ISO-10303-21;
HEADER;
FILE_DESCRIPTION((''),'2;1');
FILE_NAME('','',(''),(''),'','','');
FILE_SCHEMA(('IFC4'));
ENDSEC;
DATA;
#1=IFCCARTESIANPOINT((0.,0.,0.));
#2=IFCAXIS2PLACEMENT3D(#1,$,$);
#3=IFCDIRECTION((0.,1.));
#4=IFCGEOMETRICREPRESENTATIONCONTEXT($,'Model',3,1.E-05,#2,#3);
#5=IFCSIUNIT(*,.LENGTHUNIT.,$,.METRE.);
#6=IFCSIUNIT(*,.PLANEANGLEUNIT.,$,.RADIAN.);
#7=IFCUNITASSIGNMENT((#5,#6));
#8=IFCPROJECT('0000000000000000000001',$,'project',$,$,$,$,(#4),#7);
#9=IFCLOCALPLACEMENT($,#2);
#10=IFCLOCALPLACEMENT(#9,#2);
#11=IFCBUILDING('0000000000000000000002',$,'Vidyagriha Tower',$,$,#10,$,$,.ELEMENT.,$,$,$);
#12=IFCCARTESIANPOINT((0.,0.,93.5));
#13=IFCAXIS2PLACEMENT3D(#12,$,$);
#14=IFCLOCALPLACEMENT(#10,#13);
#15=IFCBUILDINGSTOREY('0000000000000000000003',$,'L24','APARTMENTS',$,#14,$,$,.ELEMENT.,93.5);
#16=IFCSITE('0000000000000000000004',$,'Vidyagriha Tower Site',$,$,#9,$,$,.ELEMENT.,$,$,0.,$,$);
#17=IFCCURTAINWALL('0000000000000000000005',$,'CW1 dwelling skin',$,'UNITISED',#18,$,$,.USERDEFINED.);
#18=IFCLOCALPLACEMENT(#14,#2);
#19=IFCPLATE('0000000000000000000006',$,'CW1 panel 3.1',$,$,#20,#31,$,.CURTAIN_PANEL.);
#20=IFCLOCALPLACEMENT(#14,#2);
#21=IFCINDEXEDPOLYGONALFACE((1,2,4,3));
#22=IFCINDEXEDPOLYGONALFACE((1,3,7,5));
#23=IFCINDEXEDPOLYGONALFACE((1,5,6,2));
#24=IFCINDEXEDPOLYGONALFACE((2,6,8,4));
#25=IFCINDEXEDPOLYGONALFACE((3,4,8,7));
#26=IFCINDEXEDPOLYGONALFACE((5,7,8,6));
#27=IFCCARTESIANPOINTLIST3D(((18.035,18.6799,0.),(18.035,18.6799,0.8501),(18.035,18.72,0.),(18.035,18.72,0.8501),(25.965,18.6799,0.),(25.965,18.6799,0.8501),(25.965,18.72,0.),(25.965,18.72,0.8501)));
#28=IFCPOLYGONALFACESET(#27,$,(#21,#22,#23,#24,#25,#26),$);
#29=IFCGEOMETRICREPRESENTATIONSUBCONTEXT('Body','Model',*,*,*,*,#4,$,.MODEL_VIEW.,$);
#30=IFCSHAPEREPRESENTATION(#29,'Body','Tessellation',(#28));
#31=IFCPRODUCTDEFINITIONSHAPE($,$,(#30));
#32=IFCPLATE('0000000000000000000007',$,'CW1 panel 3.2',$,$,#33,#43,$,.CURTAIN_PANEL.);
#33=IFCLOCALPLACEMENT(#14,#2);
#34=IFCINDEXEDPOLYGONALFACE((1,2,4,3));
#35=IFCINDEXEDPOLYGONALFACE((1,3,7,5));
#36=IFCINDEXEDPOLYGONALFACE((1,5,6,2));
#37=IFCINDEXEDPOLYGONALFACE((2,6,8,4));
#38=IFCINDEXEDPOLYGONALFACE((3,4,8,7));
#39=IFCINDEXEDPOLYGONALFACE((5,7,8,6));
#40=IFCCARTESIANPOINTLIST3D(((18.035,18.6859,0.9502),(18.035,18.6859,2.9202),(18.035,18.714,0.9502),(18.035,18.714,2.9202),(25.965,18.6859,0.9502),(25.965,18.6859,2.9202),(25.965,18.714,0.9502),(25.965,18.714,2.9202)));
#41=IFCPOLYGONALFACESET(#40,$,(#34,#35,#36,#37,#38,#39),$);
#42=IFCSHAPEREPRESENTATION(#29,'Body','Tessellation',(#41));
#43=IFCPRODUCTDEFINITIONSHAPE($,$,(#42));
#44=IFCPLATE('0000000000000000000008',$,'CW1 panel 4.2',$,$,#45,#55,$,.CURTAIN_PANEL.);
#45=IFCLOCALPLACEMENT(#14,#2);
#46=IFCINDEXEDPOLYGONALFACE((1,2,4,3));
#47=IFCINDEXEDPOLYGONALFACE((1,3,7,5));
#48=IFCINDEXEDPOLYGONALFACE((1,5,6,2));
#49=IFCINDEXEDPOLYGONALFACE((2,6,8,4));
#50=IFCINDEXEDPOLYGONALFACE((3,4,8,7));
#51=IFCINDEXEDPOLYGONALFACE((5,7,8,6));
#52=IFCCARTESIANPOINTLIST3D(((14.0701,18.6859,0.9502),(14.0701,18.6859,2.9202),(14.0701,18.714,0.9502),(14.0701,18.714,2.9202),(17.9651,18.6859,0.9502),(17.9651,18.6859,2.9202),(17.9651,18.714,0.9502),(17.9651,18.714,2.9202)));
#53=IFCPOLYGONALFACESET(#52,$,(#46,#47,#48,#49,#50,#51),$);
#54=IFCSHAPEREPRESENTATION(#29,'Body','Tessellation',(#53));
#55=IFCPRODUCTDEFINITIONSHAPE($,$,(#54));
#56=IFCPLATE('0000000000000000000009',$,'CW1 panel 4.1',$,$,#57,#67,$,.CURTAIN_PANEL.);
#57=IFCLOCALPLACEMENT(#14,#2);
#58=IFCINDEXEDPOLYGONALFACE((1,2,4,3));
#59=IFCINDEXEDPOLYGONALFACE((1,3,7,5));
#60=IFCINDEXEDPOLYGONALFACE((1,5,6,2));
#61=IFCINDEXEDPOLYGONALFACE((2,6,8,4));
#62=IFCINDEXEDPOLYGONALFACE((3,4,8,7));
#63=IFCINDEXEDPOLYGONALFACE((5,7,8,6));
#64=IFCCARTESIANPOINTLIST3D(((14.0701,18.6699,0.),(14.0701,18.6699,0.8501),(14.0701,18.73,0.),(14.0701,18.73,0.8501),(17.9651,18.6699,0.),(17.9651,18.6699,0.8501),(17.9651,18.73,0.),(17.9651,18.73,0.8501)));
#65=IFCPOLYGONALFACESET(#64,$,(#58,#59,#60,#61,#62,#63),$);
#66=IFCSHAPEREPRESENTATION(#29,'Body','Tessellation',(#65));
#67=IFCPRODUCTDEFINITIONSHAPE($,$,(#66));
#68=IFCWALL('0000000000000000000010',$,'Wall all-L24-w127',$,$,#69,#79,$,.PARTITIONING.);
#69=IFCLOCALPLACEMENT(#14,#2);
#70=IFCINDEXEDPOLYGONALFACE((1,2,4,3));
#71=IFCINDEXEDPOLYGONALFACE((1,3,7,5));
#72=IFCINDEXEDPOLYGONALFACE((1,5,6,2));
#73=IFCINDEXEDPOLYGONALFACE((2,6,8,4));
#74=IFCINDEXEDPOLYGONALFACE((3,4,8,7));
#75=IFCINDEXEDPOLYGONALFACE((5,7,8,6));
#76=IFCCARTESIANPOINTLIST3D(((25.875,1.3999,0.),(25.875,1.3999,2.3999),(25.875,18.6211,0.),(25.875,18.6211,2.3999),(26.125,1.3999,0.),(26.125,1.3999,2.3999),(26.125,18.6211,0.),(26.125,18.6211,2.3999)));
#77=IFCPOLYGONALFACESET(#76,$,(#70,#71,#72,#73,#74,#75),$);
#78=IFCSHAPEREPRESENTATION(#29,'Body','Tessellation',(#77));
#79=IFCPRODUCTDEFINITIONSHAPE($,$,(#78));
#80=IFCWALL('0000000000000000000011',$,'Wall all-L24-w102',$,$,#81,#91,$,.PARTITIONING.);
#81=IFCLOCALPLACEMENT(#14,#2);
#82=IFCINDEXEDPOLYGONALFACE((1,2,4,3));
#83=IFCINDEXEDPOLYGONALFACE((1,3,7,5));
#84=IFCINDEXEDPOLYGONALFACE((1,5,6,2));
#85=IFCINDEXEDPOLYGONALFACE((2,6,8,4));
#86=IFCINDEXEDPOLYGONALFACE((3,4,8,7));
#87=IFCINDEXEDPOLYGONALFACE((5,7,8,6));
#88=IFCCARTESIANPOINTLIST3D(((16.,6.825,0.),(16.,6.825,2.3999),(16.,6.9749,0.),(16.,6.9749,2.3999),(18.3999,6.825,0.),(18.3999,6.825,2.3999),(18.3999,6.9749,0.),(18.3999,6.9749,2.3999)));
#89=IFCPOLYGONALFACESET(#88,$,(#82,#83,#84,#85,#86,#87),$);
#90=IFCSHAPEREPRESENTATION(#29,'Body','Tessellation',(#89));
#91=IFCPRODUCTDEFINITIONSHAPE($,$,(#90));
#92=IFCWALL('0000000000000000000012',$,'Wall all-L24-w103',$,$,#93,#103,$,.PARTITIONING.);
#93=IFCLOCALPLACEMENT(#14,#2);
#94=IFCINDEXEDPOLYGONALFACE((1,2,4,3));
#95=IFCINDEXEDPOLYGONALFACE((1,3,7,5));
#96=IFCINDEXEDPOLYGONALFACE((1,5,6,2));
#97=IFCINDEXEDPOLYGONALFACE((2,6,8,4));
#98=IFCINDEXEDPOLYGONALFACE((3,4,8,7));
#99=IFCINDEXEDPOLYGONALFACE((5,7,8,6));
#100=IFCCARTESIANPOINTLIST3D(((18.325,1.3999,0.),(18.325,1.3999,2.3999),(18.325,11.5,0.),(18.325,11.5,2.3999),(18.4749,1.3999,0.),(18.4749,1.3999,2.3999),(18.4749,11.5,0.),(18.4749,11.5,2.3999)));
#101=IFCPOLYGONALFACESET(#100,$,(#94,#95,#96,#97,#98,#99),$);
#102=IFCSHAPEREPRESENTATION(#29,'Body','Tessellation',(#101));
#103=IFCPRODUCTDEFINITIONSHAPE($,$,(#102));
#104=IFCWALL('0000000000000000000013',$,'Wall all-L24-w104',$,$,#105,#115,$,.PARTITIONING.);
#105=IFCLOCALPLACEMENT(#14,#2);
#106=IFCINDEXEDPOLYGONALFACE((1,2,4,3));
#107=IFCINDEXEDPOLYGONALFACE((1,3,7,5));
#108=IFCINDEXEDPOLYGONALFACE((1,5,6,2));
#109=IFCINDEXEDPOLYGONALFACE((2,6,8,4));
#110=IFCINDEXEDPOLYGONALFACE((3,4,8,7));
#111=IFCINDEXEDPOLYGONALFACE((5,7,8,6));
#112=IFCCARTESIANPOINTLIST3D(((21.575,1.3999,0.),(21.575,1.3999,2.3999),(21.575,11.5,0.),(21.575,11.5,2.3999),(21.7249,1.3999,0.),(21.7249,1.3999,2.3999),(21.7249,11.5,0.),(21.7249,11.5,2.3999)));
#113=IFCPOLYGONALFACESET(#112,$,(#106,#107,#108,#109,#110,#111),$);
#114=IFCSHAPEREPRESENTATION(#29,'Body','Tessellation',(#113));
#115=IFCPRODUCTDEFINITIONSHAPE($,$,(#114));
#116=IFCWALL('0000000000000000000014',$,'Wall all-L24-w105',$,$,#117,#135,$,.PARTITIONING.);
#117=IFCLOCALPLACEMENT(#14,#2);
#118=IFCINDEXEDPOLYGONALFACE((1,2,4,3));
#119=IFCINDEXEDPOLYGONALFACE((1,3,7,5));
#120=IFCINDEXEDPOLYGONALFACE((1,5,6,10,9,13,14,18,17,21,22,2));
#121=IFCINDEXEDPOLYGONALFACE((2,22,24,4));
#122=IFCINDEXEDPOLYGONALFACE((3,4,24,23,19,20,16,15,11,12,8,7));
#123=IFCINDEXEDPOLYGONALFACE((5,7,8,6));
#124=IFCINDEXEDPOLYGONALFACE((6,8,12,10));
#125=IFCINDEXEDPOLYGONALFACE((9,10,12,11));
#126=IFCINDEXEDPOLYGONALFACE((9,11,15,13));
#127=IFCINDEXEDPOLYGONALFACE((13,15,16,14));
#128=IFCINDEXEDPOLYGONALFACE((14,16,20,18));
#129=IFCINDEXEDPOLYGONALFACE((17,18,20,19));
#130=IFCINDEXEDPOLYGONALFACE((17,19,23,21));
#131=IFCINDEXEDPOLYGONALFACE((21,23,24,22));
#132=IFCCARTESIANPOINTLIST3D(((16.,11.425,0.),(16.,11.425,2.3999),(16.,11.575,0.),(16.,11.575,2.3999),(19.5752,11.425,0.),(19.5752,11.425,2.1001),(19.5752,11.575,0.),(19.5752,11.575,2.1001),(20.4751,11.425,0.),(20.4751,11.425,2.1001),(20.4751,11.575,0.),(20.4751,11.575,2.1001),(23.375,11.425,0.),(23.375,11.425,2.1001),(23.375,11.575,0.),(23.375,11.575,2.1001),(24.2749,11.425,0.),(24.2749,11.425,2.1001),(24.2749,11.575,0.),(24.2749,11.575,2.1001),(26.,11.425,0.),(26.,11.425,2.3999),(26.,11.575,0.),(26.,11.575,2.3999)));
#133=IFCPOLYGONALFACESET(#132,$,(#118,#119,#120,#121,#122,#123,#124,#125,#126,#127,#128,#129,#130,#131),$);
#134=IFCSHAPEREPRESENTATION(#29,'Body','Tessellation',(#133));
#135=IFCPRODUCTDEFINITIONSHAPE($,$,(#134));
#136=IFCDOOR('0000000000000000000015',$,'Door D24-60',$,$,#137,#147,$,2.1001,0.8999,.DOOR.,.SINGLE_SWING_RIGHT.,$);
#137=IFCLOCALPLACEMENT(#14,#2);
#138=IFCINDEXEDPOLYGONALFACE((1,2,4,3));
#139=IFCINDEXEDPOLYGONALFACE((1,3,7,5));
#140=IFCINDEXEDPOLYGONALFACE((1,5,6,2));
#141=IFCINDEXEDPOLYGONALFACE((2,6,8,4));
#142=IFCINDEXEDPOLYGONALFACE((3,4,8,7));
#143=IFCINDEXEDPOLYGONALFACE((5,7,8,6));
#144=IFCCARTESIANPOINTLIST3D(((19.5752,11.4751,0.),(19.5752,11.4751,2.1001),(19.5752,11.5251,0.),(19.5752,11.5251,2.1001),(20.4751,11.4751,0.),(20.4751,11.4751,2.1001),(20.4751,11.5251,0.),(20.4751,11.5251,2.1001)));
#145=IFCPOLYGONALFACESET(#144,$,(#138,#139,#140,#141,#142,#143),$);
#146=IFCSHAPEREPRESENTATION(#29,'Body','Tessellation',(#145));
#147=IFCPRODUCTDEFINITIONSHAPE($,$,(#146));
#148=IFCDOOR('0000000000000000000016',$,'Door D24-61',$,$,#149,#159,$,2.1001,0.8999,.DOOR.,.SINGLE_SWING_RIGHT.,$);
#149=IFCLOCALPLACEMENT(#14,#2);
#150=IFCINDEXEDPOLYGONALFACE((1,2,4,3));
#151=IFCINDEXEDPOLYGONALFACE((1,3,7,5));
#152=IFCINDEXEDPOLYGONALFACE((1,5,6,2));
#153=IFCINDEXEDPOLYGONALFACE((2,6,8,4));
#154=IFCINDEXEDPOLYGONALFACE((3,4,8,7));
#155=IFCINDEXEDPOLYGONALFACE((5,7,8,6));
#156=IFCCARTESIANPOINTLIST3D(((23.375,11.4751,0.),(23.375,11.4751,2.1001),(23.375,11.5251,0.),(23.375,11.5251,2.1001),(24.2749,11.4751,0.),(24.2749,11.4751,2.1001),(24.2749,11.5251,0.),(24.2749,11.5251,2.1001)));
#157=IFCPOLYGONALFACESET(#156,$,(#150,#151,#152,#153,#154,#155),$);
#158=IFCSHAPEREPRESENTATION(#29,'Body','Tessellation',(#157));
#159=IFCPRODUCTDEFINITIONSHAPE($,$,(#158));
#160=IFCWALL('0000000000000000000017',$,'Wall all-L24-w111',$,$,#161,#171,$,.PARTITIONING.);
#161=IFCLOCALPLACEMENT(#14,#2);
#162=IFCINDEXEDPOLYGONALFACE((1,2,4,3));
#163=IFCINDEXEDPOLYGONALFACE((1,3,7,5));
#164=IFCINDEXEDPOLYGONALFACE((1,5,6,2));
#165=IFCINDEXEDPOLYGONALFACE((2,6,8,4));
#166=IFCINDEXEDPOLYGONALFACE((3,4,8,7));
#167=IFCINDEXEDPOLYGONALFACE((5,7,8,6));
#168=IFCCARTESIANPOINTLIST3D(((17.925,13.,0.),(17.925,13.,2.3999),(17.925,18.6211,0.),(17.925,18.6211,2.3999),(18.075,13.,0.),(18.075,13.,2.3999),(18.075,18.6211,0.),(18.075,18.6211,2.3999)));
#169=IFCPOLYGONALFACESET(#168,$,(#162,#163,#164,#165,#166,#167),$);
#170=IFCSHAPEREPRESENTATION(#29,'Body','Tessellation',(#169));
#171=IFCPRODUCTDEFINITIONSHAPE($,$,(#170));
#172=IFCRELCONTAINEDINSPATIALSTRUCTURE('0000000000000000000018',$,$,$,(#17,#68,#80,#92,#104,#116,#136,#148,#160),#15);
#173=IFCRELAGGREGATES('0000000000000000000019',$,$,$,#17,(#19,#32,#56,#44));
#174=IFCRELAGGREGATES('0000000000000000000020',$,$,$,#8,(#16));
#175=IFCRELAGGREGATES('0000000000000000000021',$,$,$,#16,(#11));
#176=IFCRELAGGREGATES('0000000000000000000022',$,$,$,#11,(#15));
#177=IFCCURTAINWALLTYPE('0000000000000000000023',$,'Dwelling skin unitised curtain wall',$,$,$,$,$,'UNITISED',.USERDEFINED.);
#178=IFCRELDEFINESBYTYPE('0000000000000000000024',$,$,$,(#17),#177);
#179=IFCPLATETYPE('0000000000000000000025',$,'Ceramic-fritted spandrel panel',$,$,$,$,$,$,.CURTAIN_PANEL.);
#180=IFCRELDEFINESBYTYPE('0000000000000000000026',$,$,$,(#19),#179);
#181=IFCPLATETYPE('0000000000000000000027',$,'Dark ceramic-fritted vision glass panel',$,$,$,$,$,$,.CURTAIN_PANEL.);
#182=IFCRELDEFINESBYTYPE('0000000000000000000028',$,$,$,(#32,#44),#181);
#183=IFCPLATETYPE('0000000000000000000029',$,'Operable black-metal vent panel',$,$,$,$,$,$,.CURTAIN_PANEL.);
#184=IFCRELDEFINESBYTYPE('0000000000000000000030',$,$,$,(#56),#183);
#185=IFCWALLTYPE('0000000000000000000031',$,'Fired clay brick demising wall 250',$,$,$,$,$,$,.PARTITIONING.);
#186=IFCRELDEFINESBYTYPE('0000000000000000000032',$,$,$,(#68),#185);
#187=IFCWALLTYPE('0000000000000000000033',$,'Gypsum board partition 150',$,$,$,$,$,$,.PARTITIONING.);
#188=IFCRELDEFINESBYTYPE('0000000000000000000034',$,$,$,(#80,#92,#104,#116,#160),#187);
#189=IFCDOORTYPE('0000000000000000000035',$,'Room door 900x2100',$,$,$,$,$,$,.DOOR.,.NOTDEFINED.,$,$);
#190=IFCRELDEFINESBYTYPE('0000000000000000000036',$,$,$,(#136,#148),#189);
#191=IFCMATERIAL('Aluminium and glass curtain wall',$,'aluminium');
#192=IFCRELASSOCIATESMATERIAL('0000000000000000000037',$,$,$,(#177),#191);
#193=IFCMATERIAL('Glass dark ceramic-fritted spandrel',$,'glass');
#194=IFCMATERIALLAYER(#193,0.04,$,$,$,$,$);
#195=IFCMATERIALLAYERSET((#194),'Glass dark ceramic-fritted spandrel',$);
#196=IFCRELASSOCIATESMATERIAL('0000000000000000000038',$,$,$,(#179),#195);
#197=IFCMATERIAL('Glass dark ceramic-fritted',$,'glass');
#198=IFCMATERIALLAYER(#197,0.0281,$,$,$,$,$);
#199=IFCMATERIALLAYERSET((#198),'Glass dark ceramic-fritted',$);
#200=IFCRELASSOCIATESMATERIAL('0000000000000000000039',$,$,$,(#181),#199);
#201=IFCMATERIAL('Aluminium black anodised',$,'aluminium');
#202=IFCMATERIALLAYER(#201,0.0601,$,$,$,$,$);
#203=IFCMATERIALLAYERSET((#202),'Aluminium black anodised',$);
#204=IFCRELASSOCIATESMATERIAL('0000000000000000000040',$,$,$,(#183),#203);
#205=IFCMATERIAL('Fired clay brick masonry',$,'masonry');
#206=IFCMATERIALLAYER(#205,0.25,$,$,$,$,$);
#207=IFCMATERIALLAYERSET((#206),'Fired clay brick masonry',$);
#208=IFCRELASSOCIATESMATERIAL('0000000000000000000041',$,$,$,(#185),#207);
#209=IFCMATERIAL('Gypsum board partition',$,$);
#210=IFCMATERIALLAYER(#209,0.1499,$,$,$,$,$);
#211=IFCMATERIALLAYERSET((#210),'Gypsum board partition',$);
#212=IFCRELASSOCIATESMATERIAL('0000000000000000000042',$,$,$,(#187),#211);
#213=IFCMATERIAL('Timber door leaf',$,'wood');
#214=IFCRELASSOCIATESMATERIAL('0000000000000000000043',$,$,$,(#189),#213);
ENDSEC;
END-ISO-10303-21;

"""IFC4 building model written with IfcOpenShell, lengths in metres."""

from ifc_helpers import new_model, si_unit, direction, frame, frame_2d, origin, origin_2d, place, context, subcontext, project, spatial, rectangle, extrude, material, layer, layer_set, type_object, element, fill, aggregate, save


model = new_model("IFC4")

# Units and contexts
model_context = context("Model", 3, precision=1e-05, world=origin(), true_north=direction((0.0, 1.0)))
body_context = subcontext(model_context, "Body", "Model", "MODEL_VIEW")
ifc_project = project(units=[si_unit("LENGTHUNIT", "METRE"), si_unit("PLANEANGLEUNIT", "RADIAN")], contexts=[model_context])

# Site, building, storey
site_placement = place(None, origin())
site = spatial("IfcSite", under=ifc_project, at=site_placement, Name="Vidyagriha Tower Site", CompositionType="ELEMENT", RefElevation=0.0)
building_placement = place(site_placement, origin())
building = spatial("IfcBuilding", under=site, at=building_placement, Name="Vidyagriha Tower", CompositionType="ELEMENT")
storey_placement = place(building_placement, frame((0.0, 0.0, 93.5)))
storey = spatial("IfcBuildingStorey", under=building, at=storey_placement, Name="L24", Description="APARTMENTS", CompositionType="ELEMENT", Elevation=93.5)

# Curtain wall, plates
ifc_material_1 = material(Name="Aluminium and glass curtain wall", Category="aluminium")
curtain_wall_type = type_object("IfcCurtainWallType", Name="Dwelling skin unitised curtain wall", ElementType="UNITISED", PredefinedType="USERDEFINED", material=ifc_material_1)
curtain_wall_placement = place(storey_placement, origin())
curtain_wall = element("IfcCurtainWall", 1, at=curtain_wall_placement, inside=storey, type_object=curtain_wall_type, Name="CW1 dwelling skin", ObjectType="UNITISED", PredefinedType="USERDEFINED")
ifc_material_2 = material(Name="Glass dark ceramic-fritted spandrel", Category="glass")
ifc_layer_1 = layer(ifc_material_2, 0.04)
ifc_layer_set_1 = layer_set([ifc_layer_1], Name="Glass dark ceramic-fritted spandrel")
plate_type_1 = type_object("IfcPlateType", Name="Ceramic-fritted spandrel panel", PredefinedType="CURTAIN_PANEL", material=ifc_layer_set_1)
plate_1_placement = place(storey_placement, frame((22.0, 18.7, 0.0), z_axis=(0.0, 0.0, 1.0), x_axis=(-1.0, 0.0, 0.0)))
plate_1 = element("IfcPlate", 2, at=plate_1_placement, type_object=plate_type_1, Name="CW1 panel 3.1", PredefinedType="CURTAIN_PANEL", context=body_context, shape_type="SweptSolid", body=[
    extrude(rectangle(XDim=7.9299, YDim=0.04, at=origin_2d()), origin(), (0.0, 0.0, 1.0), 0.8501),
])
ifc_material_3 = material(Name="Glass dark ceramic-fritted", Category="glass")
ifc_layer_2 = layer(ifc_material_3, 0.0281)
ifc_layer_set_2 = layer_set([ifc_layer_2], Name="Glass dark ceramic-fritted")
plate_type_2 = type_object("IfcPlateType", Name="Dark ceramic-fritted vision glass panel", PredefinedType="CURTAIN_PANEL", material=ifc_layer_set_2)
plate_2_placement = place(storey_placement, frame((22.0, 18.7, 0.9502), z_axis=(0.0, 0.0, 1.0), x_axis=(-1.0, 0.0, 0.0)))
plate_2 = element("IfcPlate", 3, at=plate_2_placement, type_object=plate_type_2, Name="CW1 panel 3.2", PredefinedType="CURTAIN_PANEL", context=body_context, shape_type="SweptSolid", body=[
    extrude(rectangle(XDim=7.9299, YDim=0.0281, at=origin_2d()), origin(), (0.0, 0.0, 1.0), 1.97),
])
plate_3_placement = place(storey_placement, frame((16.0176, 18.7, 0.9502), z_axis=(0.0, 0.0, 1.0), x_axis=(-1.0, 0.0, 0.0)))
plate_3 = element("IfcPlate", 4, at=plate_3_placement, type_object=plate_type_2, Name="CW1 panel 4.2", PredefinedType="CURTAIN_PANEL", context=body_context, shape_type="SweptSolid", body=[
    extrude(rectangle(XDim=3.895, YDim=0.0281, at=origin_2d()), origin(), (0.0, 0.0, 1.0), 1.97),
])
ifc_material_4 = material(Name="Aluminium black anodised", Category="aluminium")
ifc_layer_3 = layer(ifc_material_4, 0.0601)
ifc_layer_set_3 = layer_set([ifc_layer_3], Name="Aluminium black anodised")
plate_type_3 = type_object("IfcPlateType", Name="Operable black-metal vent panel", PredefinedType="CURTAIN_PANEL", material=ifc_layer_set_3)
plate_4_placement = place(storey_placement, frame((16.0176, 18.7, 0.0), z_axis=(0.0, 0.0, 1.0), x_axis=(-1.0, 0.0, 0.0)))
plate_4 = element("IfcPlate", 5, at=plate_4_placement, type_object=plate_type_3, Name="CW1 panel 4.1", PredefinedType="CURTAIN_PANEL", context=body_context, shape_type="SweptSolid", body=[
    extrude(rectangle(XDim=3.895, YDim=0.0601, at=origin_2d()), origin(), (0.0, 0.0, 1.0), 0.8501),
])
aggregate(curtain_wall, [plate_1, plate_2, plate_4, plate_3])

# Walls
ifc_material_5 = material(Name="Fired clay brick masonry", Category="masonry")
ifc_layer_4 = layer(ifc_material_5, 0.25)
ifc_layer_set_4 = layer_set([ifc_layer_4], Name="Fired clay brick masonry")
wall_type_1 = type_object("IfcWallType", Name="Fired clay brick demising wall 250", PredefinedType="PARTITIONING", material=ifc_layer_set_4)
wall_1_placement = place(storey_placement, frame((26.0, 18.6211, 0.0), z_axis=(0.0, 0.0, 1.0), x_axis=(0.0, -1.0, 0.0)))
element("IfcWall", 6, at=wall_1_placement, inside=storey, type_object=wall_type_1, Name="Wall all-L24-w127", PredefinedType="PARTITIONING", context=body_context, shape_type="SweptSolid", body=[
    extrude(rectangle(XDim=17.2212, YDim=0.25, at=frame_2d((8.6106, 0.0))), origin(), (0.0, 0.0, 1.0), 2.3999),
])
ifc_material_6 = material(Name="Gypsum board partition")
ifc_layer_5 = layer(ifc_material_6, 0.1499)
ifc_layer_set_5 = layer_set([ifc_layer_5], Name="Gypsum board partition")
wall_type_2 = type_object("IfcWallType", Name="Gypsum board partition 150", PredefinedType="PARTITIONING", material=ifc_layer_set_5)
wall_2_placement = place(storey_placement, frame((16.0, 6.8999, 0.0)))
element("IfcWall", 7, at=wall_2_placement, inside=storey, type_object=wall_type_2, Name="Wall all-L24-w102", PredefinedType="PARTITIONING", context=body_context, shape_type="SweptSolid", body=[
    extrude(rectangle(XDim=2.3999, YDim=0.1499, at=frame_2d((1.2, 0.0))), origin(), (0.0, 0.0, 1.0), 2.3999),
])
for number, where, z_axis, x_axis, name in (
    (8, (18.3999, 11.5, 0.0), (0.0, 0.0, 1.0), (0.0, -1.0, 0.0), "Wall all-L24-w103"),
    (9, (21.6499, 11.5, 0.0), (0.0, 0.0, 1.0), (0.0, -1.0, 0.0), "Wall all-L24-w104"),
):
    element("IfcWall", number, at=place(storey_placement, frame(where, z_axis=z_axis, x_axis=x_axis)), inside=storey, type_object=wall_type_2, Name=name, PredefinedType="PARTITIONING", context=body_context, shape_type="SweptSolid", body=[
        extrude(rectangle(XDim=10.1001, YDim=0.1499, at=frame_2d((5.05, 0.0))), origin(), (0.0, 0.0, 1.0), 2.3999),
    ])

# Wall, openings, doors
wall_3_placement = place(storey_placement, frame((26.0, 11.5, 0.0), z_axis=(0.0, 0.0, 1.0), x_axis=(-1.0, 0.0, 0.0)))
wall_3 = element("IfcWall", 10, at=wall_3_placement, inside=storey, type_object=wall_type_2, Name="Wall all-L24-w105", PredefinedType="PARTITIONING", context=body_context, shape_type="SweptSolid", body=[
    extrude(rectangle(XDim=10.0, YDim=0.1499, at=frame_2d((5.0, 0.0))), origin(), (0.0, 0.0, 1.0), 2.3999),
])
opening_1_placement = place(wall_3_placement, frame((5.5249, 0.0, 0.0)))
opening_1 = element("IfcOpeningElement", 11, at=opening_1_placement, cuts=wall_3, PredefinedType="OPENING", context=body_context, shape_type="SweptSolid", body=[
    extrude(rectangle(XDim=0.8999, YDim=2.1001, at=frame_2d((0.45, 1.05))), frame((0.0, 0.085, 0.0), z_axis=(0.0, -1.0, 0.0), x_axis=(1.0, 0.0, 0.0)), (0.0, 0.0, 1.0), 0.1699),
])
opening_2_placement = place(wall_3_placement, frame((1.7251, 0.0, 0.0)))
opening_2 = element("IfcOpeningElement", 12, at=opening_2_placement, cuts=wall_3, PredefinedType="OPENING", context=body_context, shape_type="SweptSolid", body=[
    extrude(rectangle(XDim=0.8999, YDim=2.1001, at=frame_2d((0.45, 1.05))), frame((0.0, 0.085, 0.0), z_axis=(0.0, -1.0, 0.0), x_axis=(1.0, 0.0, 0.0)), (0.0, 0.0, 1.0), 0.1699),
])
ifc_material_7 = material(Name="Timber door leaf", Category="wood")
door_type_1 = type_object("IfcDoorType", Name="Room door 900x2100", OperationType="NOTDEFINED", PredefinedType="DOOR", material=ifc_material_7)
door_1_placement = place(opening_1_placement, origin())
door_1 = element("IfcDoor", 13, at=door_1_placement, inside=storey, type_object=door_type_1, Name="Door D24-60", OperationType="SINGLE_SWING_RIGHT", OverallHeight=2.1001, OverallWidth=0.8999, PredefinedType="DOOR", context=body_context, shape_type="SweptSolid", body=[
    extrude(rectangle(XDim=0.8999, YDim=2.1001, at=frame_2d((0.45, 1.05))), frame((0.0, 0.0249, 0.0), z_axis=(0.0, -1.0, 0.0), x_axis=(1.0, 0.0, 0.0)), (0.0, 0.0, 1.0), 0.05),
])
fill(opening_1, door_1)
door_2_placement = place(opening_2_placement, origin())
door_2 = element("IfcDoor", 14, at=door_2_placement, inside=storey, type_object=door_type_1, Name="Door D24-61", OperationType="SINGLE_SWING_RIGHT", OverallHeight=2.1001, OverallWidth=0.8999, PredefinedType="DOOR", context=body_context, shape_type="SweptSolid", body=[
    extrude(rectangle(XDim=0.8999, YDim=2.1001, at=frame_2d((0.45, 1.05))), frame((0.0, 0.0249, 0.0), z_axis=(0.0, -1.0, 0.0), x_axis=(1.0, 0.0, 0.0)), (0.0, 0.0, 1.0), 0.05),
])
fill(opening_2, door_2)

# Wall
wall_4_placement = place(storey_placement, frame((18.0, 18.6211, 0.0), z_axis=(0.0, 0.0, 1.0), x_axis=(0.0, -1.0, 0.0)))
element("IfcWall", 15, at=wall_4_placement, inside=storey, type_object=wall_type_2, Name="Wall all-L24-w111", PredefinedType="PARTITIONING", context=body_context, shape_type="SweptSolid", body=[
    extrude(rectangle(XDim=5.6211, YDim=0.1499, at=frame_2d((2.8105, 0.0))), origin(), (0.0, 0.0, 1.0), 2.3999),
])

save(model, "model.ifc")
